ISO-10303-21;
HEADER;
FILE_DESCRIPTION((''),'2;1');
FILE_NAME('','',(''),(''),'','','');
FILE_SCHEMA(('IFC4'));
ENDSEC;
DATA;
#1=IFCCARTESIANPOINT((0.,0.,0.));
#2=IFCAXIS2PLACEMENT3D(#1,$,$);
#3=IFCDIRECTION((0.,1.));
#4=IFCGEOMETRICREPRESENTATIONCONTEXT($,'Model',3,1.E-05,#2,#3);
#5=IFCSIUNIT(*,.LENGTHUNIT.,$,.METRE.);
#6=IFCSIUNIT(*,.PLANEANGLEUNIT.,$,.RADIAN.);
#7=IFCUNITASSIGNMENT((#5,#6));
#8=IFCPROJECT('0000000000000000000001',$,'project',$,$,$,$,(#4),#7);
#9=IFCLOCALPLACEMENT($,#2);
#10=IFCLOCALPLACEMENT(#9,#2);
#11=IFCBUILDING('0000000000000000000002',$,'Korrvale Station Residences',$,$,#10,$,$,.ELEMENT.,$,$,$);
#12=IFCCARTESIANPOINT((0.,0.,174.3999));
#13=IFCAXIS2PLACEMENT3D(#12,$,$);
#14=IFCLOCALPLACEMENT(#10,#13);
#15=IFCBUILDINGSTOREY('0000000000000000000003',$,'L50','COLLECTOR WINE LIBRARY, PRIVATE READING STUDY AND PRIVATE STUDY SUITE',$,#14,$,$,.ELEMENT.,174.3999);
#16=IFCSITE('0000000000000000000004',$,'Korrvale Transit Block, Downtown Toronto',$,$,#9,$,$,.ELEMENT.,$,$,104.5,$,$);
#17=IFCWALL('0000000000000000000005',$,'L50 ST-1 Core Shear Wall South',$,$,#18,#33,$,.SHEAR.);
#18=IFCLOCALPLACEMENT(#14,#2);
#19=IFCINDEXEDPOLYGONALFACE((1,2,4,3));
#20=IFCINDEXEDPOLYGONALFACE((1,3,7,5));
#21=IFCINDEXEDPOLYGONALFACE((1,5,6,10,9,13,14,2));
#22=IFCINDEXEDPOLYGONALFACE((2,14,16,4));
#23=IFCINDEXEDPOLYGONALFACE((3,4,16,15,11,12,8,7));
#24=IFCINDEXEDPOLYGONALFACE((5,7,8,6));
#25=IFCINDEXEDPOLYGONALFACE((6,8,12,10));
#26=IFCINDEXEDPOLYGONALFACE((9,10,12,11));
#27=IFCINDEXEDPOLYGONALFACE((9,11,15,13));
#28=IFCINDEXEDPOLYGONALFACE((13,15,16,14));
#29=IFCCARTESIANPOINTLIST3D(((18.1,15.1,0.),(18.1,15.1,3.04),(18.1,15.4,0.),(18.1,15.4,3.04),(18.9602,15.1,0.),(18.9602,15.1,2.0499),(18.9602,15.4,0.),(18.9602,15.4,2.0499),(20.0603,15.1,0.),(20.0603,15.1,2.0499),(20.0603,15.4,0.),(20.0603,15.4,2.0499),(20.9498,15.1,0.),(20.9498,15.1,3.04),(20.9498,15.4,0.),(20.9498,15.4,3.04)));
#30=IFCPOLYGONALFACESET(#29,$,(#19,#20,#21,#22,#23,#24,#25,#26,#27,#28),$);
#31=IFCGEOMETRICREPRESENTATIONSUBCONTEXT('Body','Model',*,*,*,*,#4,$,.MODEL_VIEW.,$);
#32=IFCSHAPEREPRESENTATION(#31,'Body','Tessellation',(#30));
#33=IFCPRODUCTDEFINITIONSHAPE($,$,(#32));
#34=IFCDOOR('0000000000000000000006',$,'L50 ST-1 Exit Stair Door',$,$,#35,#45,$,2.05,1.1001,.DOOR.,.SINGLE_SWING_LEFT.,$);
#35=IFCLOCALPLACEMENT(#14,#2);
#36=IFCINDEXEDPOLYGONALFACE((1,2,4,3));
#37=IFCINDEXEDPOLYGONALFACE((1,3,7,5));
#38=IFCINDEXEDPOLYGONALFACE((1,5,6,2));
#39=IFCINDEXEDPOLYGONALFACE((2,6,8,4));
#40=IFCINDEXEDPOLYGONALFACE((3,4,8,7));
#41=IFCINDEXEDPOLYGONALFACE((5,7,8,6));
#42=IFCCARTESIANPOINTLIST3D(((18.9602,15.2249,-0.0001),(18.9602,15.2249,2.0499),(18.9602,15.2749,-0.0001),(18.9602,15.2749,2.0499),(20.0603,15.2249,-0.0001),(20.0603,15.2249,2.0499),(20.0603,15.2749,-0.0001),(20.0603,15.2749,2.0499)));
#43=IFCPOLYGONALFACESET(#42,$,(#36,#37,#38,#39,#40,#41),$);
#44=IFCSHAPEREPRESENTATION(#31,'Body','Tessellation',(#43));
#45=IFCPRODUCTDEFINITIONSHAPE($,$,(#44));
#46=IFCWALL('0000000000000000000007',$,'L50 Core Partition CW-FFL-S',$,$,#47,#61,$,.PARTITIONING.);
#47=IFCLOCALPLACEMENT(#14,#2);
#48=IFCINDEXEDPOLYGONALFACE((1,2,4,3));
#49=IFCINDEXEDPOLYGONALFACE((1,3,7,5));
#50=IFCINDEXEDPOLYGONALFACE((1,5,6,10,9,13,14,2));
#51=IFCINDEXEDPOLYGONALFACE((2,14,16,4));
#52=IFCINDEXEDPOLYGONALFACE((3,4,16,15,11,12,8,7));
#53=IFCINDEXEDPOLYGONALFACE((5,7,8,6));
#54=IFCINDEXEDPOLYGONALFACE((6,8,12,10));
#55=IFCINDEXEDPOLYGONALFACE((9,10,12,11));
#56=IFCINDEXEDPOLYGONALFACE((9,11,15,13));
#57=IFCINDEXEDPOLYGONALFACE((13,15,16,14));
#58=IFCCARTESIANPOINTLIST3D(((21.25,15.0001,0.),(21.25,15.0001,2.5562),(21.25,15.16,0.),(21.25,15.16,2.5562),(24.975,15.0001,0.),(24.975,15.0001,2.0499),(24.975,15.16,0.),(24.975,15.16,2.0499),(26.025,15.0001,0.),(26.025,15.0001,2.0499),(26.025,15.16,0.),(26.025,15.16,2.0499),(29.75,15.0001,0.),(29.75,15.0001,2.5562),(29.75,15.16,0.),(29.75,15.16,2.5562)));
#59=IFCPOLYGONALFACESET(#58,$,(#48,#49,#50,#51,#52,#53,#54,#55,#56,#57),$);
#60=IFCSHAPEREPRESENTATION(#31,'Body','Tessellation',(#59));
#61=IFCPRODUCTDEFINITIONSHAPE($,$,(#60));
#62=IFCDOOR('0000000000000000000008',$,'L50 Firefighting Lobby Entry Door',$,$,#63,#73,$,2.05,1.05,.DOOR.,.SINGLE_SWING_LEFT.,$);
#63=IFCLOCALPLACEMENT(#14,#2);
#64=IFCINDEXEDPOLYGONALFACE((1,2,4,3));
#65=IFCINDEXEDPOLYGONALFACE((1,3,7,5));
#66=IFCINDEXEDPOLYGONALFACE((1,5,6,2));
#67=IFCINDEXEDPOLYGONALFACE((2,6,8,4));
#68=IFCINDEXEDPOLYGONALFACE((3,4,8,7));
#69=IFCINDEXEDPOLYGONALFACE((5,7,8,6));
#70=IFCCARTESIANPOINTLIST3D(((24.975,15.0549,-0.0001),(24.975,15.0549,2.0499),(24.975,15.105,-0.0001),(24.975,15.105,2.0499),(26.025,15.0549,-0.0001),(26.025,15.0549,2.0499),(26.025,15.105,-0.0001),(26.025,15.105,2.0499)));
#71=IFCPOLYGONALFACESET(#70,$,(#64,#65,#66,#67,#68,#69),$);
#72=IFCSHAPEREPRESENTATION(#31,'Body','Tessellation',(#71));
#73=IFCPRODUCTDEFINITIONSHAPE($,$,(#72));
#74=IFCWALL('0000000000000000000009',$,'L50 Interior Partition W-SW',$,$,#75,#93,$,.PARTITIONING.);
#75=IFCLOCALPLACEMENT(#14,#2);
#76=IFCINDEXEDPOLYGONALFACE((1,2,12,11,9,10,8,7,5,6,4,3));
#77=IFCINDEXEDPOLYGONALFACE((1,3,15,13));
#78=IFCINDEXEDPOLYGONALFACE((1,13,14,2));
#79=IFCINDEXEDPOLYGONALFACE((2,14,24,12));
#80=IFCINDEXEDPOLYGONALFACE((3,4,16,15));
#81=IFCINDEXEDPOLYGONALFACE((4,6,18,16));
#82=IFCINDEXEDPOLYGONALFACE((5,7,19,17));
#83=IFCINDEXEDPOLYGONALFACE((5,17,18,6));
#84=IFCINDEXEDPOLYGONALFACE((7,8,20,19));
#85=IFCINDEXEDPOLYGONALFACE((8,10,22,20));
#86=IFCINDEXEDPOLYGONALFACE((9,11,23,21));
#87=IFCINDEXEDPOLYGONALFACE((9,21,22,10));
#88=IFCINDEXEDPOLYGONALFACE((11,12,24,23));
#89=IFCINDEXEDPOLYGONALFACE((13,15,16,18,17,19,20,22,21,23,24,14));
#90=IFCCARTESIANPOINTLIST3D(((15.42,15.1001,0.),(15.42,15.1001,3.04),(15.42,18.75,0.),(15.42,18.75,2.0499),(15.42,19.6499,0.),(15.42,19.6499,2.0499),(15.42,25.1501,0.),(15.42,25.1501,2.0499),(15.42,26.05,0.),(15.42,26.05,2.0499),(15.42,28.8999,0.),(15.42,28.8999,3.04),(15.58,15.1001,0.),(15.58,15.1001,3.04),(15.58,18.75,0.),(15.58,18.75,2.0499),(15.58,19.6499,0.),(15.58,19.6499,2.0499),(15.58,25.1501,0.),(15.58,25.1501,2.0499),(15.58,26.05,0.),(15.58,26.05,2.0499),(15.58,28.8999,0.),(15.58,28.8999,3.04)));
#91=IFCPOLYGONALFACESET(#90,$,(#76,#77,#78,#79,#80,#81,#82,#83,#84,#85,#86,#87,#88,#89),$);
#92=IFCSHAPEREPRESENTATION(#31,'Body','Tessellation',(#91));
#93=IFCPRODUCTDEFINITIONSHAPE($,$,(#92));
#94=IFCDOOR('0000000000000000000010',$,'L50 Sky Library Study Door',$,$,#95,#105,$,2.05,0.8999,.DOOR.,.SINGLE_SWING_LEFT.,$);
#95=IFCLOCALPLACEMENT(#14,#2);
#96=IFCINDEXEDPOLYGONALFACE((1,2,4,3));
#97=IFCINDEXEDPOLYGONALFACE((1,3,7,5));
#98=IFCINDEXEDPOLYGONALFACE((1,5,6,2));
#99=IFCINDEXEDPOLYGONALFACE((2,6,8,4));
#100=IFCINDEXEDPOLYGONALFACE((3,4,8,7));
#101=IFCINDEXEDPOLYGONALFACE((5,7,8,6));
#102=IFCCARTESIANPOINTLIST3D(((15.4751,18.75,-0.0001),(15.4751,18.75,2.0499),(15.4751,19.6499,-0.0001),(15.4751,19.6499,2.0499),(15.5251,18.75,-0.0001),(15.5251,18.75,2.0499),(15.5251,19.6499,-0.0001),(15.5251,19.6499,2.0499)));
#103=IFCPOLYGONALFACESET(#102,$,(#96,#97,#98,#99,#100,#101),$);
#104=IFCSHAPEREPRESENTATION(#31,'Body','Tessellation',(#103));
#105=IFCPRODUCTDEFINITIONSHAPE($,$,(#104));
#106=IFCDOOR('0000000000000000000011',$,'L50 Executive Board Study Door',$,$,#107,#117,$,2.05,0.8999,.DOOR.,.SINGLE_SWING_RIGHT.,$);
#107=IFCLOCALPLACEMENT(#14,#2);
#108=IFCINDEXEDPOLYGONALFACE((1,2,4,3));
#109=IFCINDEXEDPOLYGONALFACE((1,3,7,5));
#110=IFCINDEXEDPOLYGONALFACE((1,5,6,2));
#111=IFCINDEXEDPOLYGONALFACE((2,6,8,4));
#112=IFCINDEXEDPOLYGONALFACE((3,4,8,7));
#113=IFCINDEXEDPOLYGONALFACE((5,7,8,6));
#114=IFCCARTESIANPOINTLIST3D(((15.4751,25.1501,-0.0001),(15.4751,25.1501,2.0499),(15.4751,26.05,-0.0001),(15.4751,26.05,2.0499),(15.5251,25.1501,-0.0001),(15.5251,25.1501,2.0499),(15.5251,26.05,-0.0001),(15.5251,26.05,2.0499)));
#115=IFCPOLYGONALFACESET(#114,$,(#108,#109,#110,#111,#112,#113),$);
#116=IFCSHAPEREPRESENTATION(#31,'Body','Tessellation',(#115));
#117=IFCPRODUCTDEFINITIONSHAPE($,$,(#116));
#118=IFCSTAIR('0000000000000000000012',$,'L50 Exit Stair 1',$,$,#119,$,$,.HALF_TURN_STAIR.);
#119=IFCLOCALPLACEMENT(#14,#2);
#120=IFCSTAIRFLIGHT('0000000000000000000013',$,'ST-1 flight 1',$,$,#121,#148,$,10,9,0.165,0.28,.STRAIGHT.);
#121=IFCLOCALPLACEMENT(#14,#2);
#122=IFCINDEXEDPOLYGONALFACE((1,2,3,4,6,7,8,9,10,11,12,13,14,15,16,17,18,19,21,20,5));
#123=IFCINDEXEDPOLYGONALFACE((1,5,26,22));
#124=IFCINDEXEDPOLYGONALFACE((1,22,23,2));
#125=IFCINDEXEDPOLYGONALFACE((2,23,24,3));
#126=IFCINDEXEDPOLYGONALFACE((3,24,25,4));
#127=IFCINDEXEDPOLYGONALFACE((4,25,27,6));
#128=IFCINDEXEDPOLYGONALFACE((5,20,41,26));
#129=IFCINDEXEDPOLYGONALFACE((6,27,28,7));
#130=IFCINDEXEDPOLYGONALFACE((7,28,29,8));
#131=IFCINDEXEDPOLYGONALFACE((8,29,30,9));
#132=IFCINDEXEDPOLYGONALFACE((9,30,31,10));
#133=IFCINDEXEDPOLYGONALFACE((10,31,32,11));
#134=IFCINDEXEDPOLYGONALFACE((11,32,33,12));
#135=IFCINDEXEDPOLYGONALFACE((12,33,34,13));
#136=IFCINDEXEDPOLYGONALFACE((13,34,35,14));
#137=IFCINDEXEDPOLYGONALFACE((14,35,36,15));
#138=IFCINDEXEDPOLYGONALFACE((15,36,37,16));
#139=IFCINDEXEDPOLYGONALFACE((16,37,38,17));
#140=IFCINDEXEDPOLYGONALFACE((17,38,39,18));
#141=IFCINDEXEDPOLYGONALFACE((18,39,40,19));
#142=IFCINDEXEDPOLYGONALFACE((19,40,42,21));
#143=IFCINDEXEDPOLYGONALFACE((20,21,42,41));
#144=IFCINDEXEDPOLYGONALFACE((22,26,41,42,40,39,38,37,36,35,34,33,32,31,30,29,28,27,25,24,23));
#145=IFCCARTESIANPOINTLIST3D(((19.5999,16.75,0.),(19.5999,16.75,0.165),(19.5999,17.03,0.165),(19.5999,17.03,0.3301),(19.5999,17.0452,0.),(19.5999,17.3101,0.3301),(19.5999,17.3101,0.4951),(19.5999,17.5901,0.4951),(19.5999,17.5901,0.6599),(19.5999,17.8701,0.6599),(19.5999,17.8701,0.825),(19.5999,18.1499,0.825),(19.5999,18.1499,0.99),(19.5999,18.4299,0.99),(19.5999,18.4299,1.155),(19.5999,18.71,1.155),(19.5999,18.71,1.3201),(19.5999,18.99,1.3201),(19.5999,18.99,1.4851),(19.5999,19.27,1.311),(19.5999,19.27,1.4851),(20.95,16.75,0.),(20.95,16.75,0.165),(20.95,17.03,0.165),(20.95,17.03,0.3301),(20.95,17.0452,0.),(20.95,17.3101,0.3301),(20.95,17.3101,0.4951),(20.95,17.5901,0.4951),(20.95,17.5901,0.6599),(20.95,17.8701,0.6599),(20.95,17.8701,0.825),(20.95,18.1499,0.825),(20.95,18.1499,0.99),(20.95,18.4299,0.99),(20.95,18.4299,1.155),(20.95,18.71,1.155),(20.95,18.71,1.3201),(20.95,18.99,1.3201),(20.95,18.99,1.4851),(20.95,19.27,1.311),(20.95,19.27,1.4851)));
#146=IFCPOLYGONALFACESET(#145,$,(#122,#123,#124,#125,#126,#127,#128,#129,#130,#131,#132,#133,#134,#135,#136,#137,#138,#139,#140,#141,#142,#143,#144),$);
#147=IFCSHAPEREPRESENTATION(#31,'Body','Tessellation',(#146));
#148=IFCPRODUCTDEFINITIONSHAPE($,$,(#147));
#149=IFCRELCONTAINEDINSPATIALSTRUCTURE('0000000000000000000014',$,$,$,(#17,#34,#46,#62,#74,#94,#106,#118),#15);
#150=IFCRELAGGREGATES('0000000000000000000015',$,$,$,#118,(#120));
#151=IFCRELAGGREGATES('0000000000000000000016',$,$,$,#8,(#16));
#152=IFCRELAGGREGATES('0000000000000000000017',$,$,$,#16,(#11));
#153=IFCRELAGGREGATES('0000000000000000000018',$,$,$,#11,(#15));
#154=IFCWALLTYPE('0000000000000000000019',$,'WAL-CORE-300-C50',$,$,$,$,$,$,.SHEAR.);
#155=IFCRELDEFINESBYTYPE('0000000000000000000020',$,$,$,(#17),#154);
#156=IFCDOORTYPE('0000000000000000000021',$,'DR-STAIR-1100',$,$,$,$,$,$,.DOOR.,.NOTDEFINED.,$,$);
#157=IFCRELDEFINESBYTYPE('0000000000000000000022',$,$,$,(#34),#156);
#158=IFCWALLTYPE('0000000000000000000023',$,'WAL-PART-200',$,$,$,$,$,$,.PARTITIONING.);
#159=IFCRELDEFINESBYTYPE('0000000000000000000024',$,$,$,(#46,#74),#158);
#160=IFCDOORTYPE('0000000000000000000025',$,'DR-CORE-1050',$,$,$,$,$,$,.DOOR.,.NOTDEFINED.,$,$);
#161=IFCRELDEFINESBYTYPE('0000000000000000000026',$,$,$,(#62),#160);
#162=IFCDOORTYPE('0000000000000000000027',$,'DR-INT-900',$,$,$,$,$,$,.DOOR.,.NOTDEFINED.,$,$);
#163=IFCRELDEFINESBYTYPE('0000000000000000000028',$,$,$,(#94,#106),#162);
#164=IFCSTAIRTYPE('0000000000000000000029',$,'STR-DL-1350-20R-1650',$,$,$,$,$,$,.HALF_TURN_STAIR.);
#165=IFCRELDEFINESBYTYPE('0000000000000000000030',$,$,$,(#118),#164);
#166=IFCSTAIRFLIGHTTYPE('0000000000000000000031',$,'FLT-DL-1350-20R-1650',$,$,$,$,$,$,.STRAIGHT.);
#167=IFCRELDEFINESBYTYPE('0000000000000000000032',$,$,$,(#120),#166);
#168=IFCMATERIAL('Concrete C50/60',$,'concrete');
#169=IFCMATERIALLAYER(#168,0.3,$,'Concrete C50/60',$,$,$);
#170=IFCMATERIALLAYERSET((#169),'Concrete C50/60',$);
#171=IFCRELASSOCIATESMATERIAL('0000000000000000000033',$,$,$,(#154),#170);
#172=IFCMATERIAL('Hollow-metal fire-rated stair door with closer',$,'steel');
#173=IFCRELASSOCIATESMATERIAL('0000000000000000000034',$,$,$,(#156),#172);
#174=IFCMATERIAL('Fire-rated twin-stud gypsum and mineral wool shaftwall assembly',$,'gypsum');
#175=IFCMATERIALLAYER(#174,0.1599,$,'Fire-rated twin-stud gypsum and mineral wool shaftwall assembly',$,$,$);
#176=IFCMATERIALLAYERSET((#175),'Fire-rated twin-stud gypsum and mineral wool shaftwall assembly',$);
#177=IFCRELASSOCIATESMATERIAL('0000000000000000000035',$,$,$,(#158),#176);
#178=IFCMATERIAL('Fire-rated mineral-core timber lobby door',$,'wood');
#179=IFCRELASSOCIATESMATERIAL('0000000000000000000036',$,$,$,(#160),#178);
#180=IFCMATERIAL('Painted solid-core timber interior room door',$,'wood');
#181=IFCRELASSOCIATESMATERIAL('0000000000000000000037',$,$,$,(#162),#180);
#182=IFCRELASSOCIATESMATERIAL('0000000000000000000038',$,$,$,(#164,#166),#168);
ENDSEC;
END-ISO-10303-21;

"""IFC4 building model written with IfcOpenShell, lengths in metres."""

from ifc_helpers import new_model, si_unit, direction, frame, frame_2d, origin, place, context, subcontext, project, spatial, polyline, rectangle, outline, extrude, material, layer, layer_set, type_object, element, fill, aggregate, save


model = new_model("IFC4")

# Units and contexts
model_context = context("Model", 3, precision=1e-05, world=origin(), true_north=direction((0.0, 1.0)))
body_context = subcontext(model_context, "Body", "Model", "MODEL_VIEW")
ifc_project = project(units=[si_unit("LENGTHUNIT", "METRE"), si_unit("PLANEANGLEUNIT", "RADIAN")], contexts=[model_context])

# Site, building, storey
site_placement = place(None, origin())
site = spatial("IfcSite", under=ifc_project, at=site_placement, Name="Korrvale Transit Block, Downtown Toronto", CompositionType="ELEMENT", RefElevation=104.5)
building_placement = place(site_placement, origin())
building = spatial("IfcBuilding", under=site, at=building_placement, Name="Korrvale Station Residences", CompositionType="ELEMENT")
storey_placement = place(building_placement, frame((0.0, 0.0, 174.3999)))
storey = spatial("IfcBuildingStorey", under=building, at=storey_placement, Name="L50", Description="COLLECTOR WINE LIBRARY, PRIVATE READING STUDY AND PRIVATE STUDY SUITE", CompositionType="ELEMENT", Elevation=174.3999)

# Shared definitions
ifc_material_1 = material(Name="Concrete C50/60", Category="concrete")

# Shared definitions
ifc_layer_1 = layer(ifc_material_1, 0.3, Name="Concrete C50/60")
ifc_layer_set_1 = layer_set([ifc_layer_1], Name="Concrete C50/60")
wall_type_1 = type_object("IfcWallType", Name="WAL-CORE-300-C50", PredefinedType="SHEAR", material=ifc_layer_set_1)

# Walls, openings, doors
wall_1_placement = place(storey_placement, frame((18.1001, 15.25, 0.0), z_axis=(0.0, 0.0, 1.0), x_axis=(1.0, 0.0, 0.0)))
wall_1 = element("IfcWall", 1, at=wall_1_placement, inside=storey, type_object=wall_type_1, Name="L50 ST-1 Core Shear Wall South", PredefinedType="SHEAR", context=body_context, shape_type="SweptSolid", body=[
    extrude(rectangle(XDim=2.8499, YDim=0.3, at=frame_2d((1.4248, 0.0))), origin(), (0.0, 0.0, 1.0), 3.04),
])
opening_1_placement = place(wall_1_placement, frame((0.8601, 0.0, 0.0)))
opening_1 = element("IfcOpeningElement", 2, at=opening_1_placement, cuts=wall_1, PredefinedType="OPENING", context=body_context, shape_type="SweptSolid", body=[
    extrude(rectangle(XDim=1.1001, YDim=2.05, at=frame_2d((0.55, 1.0249))), frame((0.0, 0.1602, 0.0), z_axis=(0.0, -1.0, 0.0), x_axis=(1.0, 0.0, 0.0)), (0.0, 0.0, 1.0), 0.3201),
])
ifc_material_2 = material(Name="Hollow-metal fire-rated stair door with closer", Category="steel")
door_type_1 = type_object("IfcDoorType", Name="DR-STAIR-1100", OperationType="NOTDEFINED", PredefinedType="DOOR", material=ifc_material_2)
door_1_placement = place(opening_1_placement, origin())
door_1 = element("IfcDoor", 3, at=door_1_placement, inside=storey, type_object=door_type_1, Name="L50 ST-1 Exit Stair Door", OperationType="SINGLE_SWING_LEFT", OverallHeight=2.05, OverallWidth=1.1001, PredefinedType="DOOR", context=body_context, shape_type="SweptSolid", body=[
    extrude(rectangle(XDim=1.1001, YDim=2.05, at=frame_2d((0.55, 1.0249))), frame((0.0, 0.0249, 0.0), z_axis=(0.0, -1.0, 0.0), x_axis=(1.0, 0.0, 0.0)), (0.0, 0.0, 1.0), 0.05),
])
fill(opening_1, door_1)
ifc_material_3 = material(Name="Fire-rated twin-stud gypsum and mineral wool shaftwall assembly", Category="gypsum")
ifc_layer_2 = layer(ifc_material_3, 0.1599, Name="Fire-rated twin-stud gypsum and mineral wool shaftwall assembly")
ifc_layer_set_2 = layer_set([ifc_layer_2], Name="Fire-rated twin-stud gypsum and mineral wool shaftwall assembly")
wall_type_2 = type_object("IfcWallType", Name="WAL-PART-200", PredefinedType="PARTITIONING", material=ifc_layer_set_2)
wall_2_placement = place(storey_placement, frame((21.25, 15.0801, 0.0), z_axis=(0.0, 0.0, 1.0), x_axis=(1.0, 0.0, 0.0)))
wall_2 = element("IfcWall", 4, at=wall_2_placement, inside=storey, type_object=wall_type_2, Name="L50 Core Partition CW-FFL-S", PredefinedType="PARTITIONING", context=body_context, shape_type="SweptSolid", body=[
    extrude(rectangle(XDim=8.5, YDim=0.1599, at=frame_2d((4.25, 0.0))), origin(), (0.0, 0.0, 1.0), 2.5562),
])
opening_2_placement = place(wall_2_placement, frame((3.7251, 0.0, 0.0)))
opening_2 = element("IfcOpeningElement", 5, at=opening_2_placement, cuts=wall_2, PredefinedType="OPENING", context=body_context, shape_type="SweptSolid", body=[
    extrude(rectangle(XDim=1.05, YDim=2.05, at=frame_2d((0.5249, 1.0249))), frame((0.0, 0.0898, 0.0), z_axis=(0.0, -1.0, 0.0), x_axis=(1.0, 0.0, 0.0)), (0.0, 0.0, 1.0), 0.1799),
])
ifc_material_4 = material(Name="Fire-rated mineral-core timber lobby door", Category="wood")
door_type_2 = type_object("IfcDoorType", Name="DR-CORE-1050", OperationType="NOTDEFINED", PredefinedType="DOOR", material=ifc_material_4)
door_2_placement = place(opening_2_placement, origin())
door_2 = element("IfcDoor", 6, at=door_2_placement, inside=storey, type_object=door_type_2, Name="L50 Firefighting Lobby Entry Door", OperationType="SINGLE_SWING_LEFT", OverallHeight=2.05, OverallWidth=1.05, PredefinedType="DOOR", context=body_context, shape_type="SweptSolid", body=[
    extrude(rectangle(XDim=1.05, YDim=2.05, at=frame_2d((0.5249, 1.0249))), frame((0.0, 0.0249, 0.0), z_axis=(0.0, -1.0, 0.0), x_axis=(1.0, 0.0, 0.0)), (0.0, 0.0, 1.0), 0.05),
])
fill(opening_2, door_2)

# Wall, openings, doors
wall_3_placement = place(storey_placement, frame((15.5, 15.1001, 0.0), z_axis=(0.0, 0.0, 1.0), x_axis=(0.0, 1.0, 0.0)))
wall_3 = element("IfcWall", 7, at=wall_3_placement, inside=storey, type_object=wall_type_2, Name="L50 Interior Partition W-SW", PredefinedType="PARTITIONING", context=body_context, shape_type="SweptSolid", body=[
    extrude(rectangle(XDim=13.7998, YDim=0.1599, at=frame_2d((6.8999, 0.0))), origin(), (0.0, 0.0, 1.0), 3.04),
])
opening_3_placement = place(wall_3_placement, frame((3.6499, 0.0, 0.0)))
opening_3 = element("IfcOpeningElement", 8, at=opening_3_placement, cuts=wall_3, PredefinedType="OPENING", context=body_context, shape_type="SweptSolid", body=[
    extrude(rectangle(XDim=0.8999, YDim=2.05, at=frame_2d((0.45, 1.0249))), frame((0.0, 0.0898, 0.0), z_axis=(0.0, -1.0, 0.0), x_axis=(1.0, 0.0, 0.0)), (0.0, 0.0, 1.0), 0.1799),
])
opening_4_placement = place(wall_3_placement, frame((10.05, 0.0, 0.0)))
opening_4 = element("IfcOpeningElement", 9, at=opening_4_placement, cuts=wall_3, PredefinedType="OPENING", context=body_context, shape_type="SweptSolid", body=[
    extrude(rectangle(XDim=0.8999, YDim=2.05, at=frame_2d((0.45, 1.0249))), frame((0.0, 0.0898, 0.0), z_axis=(0.0, -1.0, 0.0), x_axis=(1.0, 0.0, 0.0)), (0.0, 0.0, 1.0), 0.1799),
])
ifc_material_5 = material(Name="Painted solid-core timber interior room door", Category="wood")
door_type_3 = type_object("IfcDoorType", Name="DR-INT-900", OperationType="NOTDEFINED", PredefinedType="DOOR", material=ifc_material_5)
door_3_placement = place(opening_3_placement, origin())
door_3 = element("IfcDoor", 10, at=door_3_placement, inside=storey, type_object=door_type_3, Name="L50 Sky Library Study Door", OperationType="SINGLE_SWING_LEFT", OverallHeight=2.05, OverallWidth=0.8999, PredefinedType="DOOR", context=body_context, shape_type="SweptSolid", body=[
    extrude(rectangle(XDim=0.8999, YDim=2.05, at=frame_2d((0.45, 1.0249))), frame((0.0, 0.0249, 0.0), z_axis=(0.0, -1.0, 0.0), x_axis=(1.0, 0.0, 0.0)), (0.0, 0.0, 1.0), 0.05),
])
fill(opening_3, door_3)
door_4_placement = place(opening_4_placement, origin())
door_4 = element("IfcDoor", 11, at=door_4_placement, inside=storey, type_object=door_type_3, Name="L50 Executive Board Study Door", OperationType="SINGLE_SWING_RIGHT", OverallHeight=2.05, OverallWidth=0.8999, PredefinedType="DOOR", context=body_context, shape_type="SweptSolid", body=[
    extrude(rectangle(XDim=0.8999, YDim=2.05, at=frame_2d((0.45, 1.0249))), frame((0.0, 0.0249, 0.0), z_axis=(0.0, -1.0, 0.0), x_axis=(1.0, 0.0, 0.0)), (0.0, 0.0, 1.0), 0.05),
])
fill(opening_4, door_4)

# Stair, stair flight
stair_type = type_object("IfcStairType", Name="STR-DL-1350-20R-1650", PredefinedType="HALF_TURN_STAIR", material=ifc_material_1)
stair_placement = place(storey_placement, origin())
stair = element("IfcStair", 12, at=stair_placement, inside=storey, type_object=stair_type, Name="L50 Exit Stair 1", PredefinedType="HALF_TURN_STAIR")
stair_flight_type = type_object("IfcStairFlightType", Name="FLT-DL-1350-20R-1650", PredefinedType="STRAIGHT", material=ifc_material_1)
stair_flight_1_placement = place(storey_placement, frame((20.2749, 16.75, 0.0), z_axis=(0.0, 0.0, 1.0), x_axis=(0.0, 1.0, 0.0)))
stair_flight_1 = element("IfcStairFlight", 13, at=stair_flight_1_placement, type_object=stair_flight_type, Name="ST-1 flight 1", NumberOfRisers=10, NumberOfTreads=9, PredefinedType="STRAIGHT", RiserHeight=0.165, TreadLength=0.28, context=body_context, shape_type="SweptSolid", body=[
    extrude(outline(polyline([(0.0, 0.0), (0.0, 0.165), (0.28, 0.165), (0.28, 0.3301), (0.5601, 0.3301), (0.5601, 0.4951), (0.8401, 0.4951), (0.8401, 0.6599), (1.1201, 0.6599), (1.1201, 0.825), (1.3999, 0.825), (1.3999, 0.99), (1.6799, 0.99), (1.6799, 1.155), (1.96, 1.155), (1.96, 1.3201), (2.24, 1.3201), (2.24, 1.4851), (2.52, 1.4851), (2.52, 1.6499), (2.52, 1.311), (0.2952, 0.0), (0.0, 0.0)])), frame((0.0, 0.675, 0.0), z_axis=(0.0, -1.0, 0.0), x_axis=(1.0, 0.0, 0.0)), (0.0, 0.0, 1.0), 1.3501),
])
aggregate(stair, [stair_flight_1])

save(model, "model.ifc")
